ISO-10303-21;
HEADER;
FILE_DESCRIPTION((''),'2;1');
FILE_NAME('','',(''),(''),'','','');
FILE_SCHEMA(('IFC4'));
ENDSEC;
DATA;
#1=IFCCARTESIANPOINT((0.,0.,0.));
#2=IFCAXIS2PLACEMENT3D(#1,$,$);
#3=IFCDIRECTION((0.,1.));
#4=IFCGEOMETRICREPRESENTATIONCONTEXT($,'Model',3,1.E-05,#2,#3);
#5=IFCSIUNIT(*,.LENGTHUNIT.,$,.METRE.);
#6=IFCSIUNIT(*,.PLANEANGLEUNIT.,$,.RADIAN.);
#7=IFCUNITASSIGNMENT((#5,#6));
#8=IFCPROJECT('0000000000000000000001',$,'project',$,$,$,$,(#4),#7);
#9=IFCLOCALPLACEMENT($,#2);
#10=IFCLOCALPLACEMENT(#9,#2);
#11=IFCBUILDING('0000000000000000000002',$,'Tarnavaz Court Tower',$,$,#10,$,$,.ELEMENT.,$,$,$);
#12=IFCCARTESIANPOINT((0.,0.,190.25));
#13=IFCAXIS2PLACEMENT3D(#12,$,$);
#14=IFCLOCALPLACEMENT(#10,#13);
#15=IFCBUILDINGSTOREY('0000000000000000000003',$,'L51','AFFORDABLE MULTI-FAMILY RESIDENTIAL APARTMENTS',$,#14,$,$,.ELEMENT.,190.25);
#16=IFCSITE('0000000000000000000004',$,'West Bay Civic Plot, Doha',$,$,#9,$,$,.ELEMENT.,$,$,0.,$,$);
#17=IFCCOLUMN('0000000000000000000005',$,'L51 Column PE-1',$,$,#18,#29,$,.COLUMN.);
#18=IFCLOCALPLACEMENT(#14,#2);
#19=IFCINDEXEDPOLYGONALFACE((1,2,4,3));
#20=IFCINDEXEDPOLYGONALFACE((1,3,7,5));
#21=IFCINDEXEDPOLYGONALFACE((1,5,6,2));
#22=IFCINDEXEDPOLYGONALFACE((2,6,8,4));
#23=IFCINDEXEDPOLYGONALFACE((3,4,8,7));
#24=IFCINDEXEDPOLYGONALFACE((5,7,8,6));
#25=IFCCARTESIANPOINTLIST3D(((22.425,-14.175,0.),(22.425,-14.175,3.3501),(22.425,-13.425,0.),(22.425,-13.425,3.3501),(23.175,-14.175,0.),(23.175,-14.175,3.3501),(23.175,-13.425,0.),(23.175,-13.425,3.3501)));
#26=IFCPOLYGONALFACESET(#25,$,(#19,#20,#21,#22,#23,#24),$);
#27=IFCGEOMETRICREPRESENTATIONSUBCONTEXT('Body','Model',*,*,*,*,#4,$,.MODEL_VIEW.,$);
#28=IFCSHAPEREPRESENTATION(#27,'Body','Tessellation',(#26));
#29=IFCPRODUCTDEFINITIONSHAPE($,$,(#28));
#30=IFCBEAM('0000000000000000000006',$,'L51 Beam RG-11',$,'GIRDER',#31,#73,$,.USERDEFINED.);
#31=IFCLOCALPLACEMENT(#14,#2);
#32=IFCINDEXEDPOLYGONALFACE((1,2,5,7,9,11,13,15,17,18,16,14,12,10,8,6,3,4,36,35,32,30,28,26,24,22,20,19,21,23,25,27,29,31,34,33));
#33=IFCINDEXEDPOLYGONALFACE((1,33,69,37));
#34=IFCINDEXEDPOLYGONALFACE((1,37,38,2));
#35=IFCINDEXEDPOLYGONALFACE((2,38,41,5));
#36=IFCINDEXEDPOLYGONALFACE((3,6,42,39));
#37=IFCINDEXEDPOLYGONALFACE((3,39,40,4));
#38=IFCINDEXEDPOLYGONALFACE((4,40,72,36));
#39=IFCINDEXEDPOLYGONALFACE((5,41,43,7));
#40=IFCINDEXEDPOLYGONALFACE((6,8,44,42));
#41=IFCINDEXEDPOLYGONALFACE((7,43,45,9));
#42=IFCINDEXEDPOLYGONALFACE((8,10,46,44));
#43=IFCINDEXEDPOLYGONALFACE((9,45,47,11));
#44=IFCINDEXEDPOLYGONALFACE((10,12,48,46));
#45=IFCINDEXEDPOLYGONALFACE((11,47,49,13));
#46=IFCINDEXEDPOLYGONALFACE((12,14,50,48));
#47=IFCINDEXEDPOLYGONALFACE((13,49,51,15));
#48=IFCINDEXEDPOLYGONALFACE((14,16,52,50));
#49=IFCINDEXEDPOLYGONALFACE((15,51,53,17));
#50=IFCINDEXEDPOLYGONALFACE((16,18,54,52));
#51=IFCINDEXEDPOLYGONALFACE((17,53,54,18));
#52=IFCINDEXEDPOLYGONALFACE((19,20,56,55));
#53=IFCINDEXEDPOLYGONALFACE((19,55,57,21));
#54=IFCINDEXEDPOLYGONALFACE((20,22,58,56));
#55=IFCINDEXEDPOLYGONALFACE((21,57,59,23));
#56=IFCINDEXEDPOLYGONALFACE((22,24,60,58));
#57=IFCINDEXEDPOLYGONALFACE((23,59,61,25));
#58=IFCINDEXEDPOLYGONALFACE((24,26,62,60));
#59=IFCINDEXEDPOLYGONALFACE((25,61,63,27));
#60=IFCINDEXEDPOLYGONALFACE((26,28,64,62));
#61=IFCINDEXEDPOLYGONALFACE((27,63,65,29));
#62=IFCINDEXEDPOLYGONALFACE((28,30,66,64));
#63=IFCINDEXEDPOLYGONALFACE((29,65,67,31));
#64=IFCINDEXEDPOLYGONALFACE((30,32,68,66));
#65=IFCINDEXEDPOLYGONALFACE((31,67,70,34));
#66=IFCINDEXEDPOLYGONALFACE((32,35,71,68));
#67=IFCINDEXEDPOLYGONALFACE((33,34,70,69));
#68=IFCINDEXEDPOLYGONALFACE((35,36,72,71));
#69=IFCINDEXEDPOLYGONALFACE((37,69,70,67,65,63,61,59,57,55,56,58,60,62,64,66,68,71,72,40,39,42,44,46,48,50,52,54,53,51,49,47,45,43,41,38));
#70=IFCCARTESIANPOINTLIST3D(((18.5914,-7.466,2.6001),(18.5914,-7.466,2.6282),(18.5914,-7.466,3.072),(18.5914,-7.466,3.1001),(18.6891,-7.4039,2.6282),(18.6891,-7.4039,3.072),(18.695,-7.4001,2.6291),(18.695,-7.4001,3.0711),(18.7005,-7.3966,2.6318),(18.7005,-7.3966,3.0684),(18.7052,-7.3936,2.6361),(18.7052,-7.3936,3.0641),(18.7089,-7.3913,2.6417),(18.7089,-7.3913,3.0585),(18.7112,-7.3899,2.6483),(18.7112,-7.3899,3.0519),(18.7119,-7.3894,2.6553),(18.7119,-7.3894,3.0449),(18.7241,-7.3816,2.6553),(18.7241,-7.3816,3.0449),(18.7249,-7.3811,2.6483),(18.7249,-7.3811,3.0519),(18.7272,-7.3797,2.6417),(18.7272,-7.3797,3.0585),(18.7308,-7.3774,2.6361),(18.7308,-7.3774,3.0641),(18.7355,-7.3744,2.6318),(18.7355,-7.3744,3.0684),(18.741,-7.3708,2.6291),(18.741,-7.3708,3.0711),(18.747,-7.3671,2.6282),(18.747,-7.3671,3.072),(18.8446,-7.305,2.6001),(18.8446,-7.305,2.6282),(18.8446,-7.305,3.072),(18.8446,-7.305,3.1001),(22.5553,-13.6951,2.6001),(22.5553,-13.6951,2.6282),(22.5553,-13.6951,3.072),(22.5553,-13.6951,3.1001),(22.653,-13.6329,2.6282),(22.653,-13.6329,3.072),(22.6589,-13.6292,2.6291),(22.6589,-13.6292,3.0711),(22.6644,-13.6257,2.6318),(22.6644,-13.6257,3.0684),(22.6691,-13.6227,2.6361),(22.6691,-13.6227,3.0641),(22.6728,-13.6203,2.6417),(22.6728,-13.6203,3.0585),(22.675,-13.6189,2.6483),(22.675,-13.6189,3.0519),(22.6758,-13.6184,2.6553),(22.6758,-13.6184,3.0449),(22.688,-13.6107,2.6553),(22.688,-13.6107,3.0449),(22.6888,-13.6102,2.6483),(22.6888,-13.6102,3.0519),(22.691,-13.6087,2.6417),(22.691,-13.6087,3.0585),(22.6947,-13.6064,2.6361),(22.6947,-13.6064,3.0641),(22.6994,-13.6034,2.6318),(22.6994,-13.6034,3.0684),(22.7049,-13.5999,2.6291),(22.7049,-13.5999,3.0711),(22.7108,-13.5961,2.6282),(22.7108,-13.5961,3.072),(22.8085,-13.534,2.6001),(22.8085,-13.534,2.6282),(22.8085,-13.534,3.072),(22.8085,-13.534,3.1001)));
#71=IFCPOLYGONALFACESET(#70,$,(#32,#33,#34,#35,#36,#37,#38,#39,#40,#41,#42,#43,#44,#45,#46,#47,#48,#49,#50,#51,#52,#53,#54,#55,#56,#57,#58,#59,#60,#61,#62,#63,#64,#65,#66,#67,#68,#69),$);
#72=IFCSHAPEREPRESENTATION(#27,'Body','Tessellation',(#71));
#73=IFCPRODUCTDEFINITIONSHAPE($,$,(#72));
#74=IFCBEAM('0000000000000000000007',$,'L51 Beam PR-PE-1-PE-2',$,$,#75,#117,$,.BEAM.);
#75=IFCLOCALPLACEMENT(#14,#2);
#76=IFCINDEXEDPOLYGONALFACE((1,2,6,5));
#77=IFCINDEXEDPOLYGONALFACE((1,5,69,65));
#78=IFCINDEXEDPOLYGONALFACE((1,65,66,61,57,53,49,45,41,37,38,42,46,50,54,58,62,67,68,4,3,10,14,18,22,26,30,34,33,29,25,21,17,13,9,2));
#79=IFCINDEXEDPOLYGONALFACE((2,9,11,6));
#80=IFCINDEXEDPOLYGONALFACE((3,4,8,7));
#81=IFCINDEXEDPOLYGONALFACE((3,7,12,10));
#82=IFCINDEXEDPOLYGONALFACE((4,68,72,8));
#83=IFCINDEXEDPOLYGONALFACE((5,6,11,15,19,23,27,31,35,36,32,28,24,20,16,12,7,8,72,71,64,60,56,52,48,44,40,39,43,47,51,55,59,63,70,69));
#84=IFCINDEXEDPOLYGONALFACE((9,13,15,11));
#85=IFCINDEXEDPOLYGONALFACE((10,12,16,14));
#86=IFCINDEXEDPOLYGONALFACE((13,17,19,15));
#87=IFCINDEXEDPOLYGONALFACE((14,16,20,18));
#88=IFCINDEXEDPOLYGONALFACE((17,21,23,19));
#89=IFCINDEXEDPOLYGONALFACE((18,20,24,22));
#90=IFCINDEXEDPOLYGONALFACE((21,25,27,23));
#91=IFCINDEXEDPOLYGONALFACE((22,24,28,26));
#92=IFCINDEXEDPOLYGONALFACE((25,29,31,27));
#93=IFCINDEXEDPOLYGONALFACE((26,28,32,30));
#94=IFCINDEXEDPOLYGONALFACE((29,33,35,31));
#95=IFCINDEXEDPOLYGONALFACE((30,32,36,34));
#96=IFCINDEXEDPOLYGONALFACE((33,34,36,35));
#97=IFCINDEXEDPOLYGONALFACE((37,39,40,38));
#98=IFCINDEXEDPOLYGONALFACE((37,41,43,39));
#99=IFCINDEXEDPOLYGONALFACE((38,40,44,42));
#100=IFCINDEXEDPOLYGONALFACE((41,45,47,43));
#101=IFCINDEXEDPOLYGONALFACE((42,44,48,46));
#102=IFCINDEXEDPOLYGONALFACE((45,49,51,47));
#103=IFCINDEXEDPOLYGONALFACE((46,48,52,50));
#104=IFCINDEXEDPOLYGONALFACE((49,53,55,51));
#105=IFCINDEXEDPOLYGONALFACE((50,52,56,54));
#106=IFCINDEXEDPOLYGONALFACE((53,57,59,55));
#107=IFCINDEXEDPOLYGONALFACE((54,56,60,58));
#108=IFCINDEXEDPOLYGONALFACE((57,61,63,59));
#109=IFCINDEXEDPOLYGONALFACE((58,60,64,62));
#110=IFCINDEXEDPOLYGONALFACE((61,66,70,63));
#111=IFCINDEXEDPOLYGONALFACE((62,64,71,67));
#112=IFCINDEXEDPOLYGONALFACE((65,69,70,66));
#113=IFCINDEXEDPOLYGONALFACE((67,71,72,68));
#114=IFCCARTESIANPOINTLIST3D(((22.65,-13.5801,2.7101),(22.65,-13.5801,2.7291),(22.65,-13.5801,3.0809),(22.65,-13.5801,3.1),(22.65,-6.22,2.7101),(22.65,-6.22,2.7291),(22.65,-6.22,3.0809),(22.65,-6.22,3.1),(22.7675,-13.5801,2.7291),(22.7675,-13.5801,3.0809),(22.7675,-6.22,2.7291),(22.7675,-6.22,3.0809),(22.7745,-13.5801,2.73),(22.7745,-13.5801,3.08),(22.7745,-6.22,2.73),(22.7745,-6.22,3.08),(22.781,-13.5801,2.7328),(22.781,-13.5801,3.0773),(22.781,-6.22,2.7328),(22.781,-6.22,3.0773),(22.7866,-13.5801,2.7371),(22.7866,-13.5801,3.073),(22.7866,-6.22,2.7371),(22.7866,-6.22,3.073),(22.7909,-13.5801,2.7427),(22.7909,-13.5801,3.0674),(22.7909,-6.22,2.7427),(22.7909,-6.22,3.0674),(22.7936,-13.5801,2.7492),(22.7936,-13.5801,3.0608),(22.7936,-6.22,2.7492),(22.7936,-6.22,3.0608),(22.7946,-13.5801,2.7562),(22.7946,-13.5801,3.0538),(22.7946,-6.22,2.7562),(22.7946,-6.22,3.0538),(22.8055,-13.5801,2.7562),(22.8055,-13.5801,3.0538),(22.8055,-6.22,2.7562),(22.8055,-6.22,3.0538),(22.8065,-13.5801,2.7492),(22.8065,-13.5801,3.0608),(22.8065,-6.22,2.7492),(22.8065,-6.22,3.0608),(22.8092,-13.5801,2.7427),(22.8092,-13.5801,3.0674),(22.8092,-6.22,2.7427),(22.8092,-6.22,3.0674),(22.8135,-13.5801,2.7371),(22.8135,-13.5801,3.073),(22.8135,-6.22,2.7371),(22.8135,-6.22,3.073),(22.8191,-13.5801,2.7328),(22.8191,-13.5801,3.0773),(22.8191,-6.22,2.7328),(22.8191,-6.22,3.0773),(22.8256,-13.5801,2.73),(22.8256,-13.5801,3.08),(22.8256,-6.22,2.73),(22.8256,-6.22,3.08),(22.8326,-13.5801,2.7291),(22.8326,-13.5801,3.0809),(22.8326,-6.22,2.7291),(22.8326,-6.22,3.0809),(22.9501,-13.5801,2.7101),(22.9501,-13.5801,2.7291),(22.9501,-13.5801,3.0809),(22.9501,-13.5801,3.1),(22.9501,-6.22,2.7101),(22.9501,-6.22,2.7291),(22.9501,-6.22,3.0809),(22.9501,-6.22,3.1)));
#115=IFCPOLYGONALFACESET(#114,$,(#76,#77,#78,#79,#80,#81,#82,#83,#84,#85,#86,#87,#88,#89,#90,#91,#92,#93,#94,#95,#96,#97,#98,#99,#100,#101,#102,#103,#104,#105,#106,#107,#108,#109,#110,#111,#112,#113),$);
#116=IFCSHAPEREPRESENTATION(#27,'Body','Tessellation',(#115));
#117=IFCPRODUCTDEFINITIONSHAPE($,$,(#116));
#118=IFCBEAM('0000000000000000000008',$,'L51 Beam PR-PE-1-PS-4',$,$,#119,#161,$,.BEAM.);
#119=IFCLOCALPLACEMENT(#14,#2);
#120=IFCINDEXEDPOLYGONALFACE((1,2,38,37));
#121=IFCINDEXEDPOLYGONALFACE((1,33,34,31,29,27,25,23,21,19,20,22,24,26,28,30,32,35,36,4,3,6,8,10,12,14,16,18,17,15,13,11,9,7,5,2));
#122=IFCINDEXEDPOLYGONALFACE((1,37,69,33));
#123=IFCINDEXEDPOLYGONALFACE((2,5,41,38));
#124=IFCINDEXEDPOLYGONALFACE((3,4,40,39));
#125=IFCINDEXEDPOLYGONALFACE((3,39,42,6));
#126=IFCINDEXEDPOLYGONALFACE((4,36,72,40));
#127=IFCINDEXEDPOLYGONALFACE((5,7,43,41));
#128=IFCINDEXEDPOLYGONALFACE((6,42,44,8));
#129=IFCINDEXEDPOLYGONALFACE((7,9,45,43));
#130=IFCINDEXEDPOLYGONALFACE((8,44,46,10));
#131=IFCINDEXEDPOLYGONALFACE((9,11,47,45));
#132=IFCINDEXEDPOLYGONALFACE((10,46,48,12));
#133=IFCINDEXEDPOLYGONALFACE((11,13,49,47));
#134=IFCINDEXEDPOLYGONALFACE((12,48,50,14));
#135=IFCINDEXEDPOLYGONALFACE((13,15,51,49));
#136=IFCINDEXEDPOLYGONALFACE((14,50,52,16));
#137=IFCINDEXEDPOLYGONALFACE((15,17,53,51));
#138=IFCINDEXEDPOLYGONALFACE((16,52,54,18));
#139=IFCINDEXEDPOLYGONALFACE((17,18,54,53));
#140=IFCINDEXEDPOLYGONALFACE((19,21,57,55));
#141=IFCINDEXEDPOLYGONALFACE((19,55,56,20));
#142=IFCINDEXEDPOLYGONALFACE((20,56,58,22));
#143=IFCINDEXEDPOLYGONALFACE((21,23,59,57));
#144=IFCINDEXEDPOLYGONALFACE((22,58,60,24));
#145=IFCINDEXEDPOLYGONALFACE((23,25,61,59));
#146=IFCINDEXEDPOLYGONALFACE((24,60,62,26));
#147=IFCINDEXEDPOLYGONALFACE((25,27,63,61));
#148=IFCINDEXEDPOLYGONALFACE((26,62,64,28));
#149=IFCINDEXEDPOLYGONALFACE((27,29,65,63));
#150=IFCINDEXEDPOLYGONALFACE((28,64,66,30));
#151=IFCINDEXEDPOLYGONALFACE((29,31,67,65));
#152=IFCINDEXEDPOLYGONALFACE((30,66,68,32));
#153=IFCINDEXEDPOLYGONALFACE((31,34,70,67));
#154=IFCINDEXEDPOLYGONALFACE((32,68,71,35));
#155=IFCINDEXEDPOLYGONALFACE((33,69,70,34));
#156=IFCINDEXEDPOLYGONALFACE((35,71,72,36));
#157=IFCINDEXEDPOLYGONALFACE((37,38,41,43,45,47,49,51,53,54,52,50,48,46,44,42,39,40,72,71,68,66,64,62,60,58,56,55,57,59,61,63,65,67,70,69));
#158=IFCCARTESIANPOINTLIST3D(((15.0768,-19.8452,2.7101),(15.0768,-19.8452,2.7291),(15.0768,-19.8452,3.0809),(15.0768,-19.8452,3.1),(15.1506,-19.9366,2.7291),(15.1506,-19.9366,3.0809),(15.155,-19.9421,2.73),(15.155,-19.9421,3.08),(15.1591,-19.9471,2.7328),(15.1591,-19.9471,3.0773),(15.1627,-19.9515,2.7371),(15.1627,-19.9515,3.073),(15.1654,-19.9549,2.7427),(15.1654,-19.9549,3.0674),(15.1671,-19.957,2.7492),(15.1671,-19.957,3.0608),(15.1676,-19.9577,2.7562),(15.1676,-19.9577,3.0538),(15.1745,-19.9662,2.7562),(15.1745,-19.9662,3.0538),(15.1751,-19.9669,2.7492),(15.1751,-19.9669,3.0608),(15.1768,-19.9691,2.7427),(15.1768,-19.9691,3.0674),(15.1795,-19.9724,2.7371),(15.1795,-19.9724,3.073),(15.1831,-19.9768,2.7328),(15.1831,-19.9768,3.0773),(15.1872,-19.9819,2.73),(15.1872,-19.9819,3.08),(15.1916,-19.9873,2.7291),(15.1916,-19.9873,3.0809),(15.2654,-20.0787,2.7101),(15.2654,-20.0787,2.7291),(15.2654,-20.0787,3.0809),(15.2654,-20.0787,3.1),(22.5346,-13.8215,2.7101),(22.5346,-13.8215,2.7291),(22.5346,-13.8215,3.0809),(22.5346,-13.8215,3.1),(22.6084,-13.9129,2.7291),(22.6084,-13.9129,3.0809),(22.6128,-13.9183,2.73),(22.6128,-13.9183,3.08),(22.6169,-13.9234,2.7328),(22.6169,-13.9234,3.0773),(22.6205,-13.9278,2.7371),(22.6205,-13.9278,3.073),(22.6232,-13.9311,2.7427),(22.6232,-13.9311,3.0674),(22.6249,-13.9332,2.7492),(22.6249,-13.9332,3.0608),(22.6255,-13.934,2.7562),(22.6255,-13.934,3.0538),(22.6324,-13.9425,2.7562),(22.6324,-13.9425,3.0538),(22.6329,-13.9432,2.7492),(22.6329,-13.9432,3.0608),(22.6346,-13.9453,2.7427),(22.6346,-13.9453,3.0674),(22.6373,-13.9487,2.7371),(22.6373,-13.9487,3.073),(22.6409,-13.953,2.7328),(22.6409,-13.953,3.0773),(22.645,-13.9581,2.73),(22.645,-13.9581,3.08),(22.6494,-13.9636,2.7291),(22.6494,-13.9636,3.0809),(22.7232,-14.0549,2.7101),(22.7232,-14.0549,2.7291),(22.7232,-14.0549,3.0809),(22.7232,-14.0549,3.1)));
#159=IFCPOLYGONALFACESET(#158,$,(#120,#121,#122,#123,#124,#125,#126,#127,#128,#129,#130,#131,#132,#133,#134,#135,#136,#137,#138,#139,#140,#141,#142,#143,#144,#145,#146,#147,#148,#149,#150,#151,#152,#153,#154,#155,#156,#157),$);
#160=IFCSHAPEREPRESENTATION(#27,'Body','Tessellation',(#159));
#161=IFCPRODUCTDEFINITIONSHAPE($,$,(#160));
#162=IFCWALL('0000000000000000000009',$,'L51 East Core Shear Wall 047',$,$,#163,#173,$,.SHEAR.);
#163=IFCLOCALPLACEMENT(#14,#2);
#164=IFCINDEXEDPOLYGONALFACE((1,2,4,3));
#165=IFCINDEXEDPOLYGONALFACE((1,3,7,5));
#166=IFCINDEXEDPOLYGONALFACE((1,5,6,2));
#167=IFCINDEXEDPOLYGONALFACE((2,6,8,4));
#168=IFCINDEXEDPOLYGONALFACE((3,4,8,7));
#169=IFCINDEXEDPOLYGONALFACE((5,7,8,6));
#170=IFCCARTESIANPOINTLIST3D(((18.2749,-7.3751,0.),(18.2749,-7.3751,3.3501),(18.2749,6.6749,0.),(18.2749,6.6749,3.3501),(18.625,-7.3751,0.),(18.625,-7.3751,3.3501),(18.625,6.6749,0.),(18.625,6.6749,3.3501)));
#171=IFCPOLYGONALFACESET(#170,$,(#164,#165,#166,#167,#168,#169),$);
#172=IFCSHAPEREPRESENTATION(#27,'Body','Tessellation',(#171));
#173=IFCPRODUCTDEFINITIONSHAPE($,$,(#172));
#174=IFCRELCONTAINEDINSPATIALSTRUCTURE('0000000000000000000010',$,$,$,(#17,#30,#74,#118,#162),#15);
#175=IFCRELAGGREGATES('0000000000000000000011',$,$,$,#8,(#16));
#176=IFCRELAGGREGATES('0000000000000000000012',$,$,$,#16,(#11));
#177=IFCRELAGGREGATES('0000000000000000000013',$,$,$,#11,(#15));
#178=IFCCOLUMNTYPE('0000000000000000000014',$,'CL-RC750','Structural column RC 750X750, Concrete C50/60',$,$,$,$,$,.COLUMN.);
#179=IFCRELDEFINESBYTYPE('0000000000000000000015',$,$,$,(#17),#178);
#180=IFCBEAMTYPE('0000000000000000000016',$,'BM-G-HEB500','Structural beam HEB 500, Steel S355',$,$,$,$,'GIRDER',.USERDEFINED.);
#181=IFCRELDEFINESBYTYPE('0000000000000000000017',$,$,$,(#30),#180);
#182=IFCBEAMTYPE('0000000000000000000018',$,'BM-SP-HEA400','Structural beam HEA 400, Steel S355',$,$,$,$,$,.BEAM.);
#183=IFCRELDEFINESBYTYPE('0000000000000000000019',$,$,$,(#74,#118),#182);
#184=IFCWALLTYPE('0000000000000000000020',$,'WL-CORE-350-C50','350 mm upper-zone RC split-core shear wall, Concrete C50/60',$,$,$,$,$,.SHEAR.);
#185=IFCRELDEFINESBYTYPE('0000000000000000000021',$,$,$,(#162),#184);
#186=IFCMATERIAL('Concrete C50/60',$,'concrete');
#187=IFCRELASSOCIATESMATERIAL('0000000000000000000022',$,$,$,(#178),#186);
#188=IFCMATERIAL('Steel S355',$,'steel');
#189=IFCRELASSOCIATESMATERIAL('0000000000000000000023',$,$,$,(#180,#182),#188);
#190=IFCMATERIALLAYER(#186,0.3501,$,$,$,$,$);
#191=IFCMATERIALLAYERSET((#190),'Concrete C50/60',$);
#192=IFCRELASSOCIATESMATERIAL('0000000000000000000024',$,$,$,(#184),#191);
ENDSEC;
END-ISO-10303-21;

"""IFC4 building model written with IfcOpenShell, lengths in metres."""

from ifc_helpers import new_model, si_unit, direction, frame, frame_2d, origin, origin_2d, place, context, subcontext, project, spatial, rectangle, i_section, extrude, material, layer, layer_set, material_profile, profile_set, type_object, element, save


model = new_model("IFC4")

# Units and contexts
model_context = context("Model", 3, precision=1e-05, world=origin(), true_north=direction((0.0, 1.0)))
body_context = subcontext(model_context, "Body", "Model", "MODEL_VIEW")
ifc_project = project(units=[si_unit("LENGTHUNIT", "METRE"), si_unit("PLANEANGLEUNIT", "RADIAN")], contexts=[model_context])

# Site, building, storey
site_placement = place(None, origin())
site = spatial("IfcSite", under=ifc_project, at=site_placement, Name="West Bay Civic Plot, Doha", CompositionType="ELEMENT", RefElevation=0.0)
building_placement = place(site_placement, origin())
building = spatial("IfcBuilding", under=site, at=building_placement, Name="Tarnavaz Court Tower", CompositionType="ELEMENT")
storey_placement = place(building_placement, frame((0.0, 0.0, 190.25)))
storey = spatial("IfcBuildingStorey", under=building, at=storey_placement, Name="L51", Description="AFFORDABLE MULTI-FAMILY RESIDENTIAL APARTMENTS", CompositionType="ELEMENT", Elevation=190.25)

# Column
ifc_material_1 = material(Name="Concrete C50/60", Category="concrete")
ifc_material_profile_1 = material_profile(ifc_material_1, rectangle(XDim=0.75, YDim=0.75, at=origin_2d()), Name="RC 750X750")
ifc_profile_set_1 = profile_set([ifc_material_profile_1], Name="Concrete C50/60")
column_type = type_object("IfcColumnType", Name="CL-RC750", Description="Structural column RC 750X750, Concrete C50/60", PredefinedType="COLUMN", material=ifc_profile_set_1)
column_placement = place(storey_placement, frame((22.8, -13.8, 0.0), z_axis=(0.0, 0.0, 1.0), x_axis=(1.0, 0.0, 0.0)))
element("IfcColumn", 1, at=column_placement, inside=storey, type_object=column_type, Name="L51 Column PE-1", PredefinedType="COLUMN", context=body_context, shape_type="SweptSolid", body=[
    extrude(rectangle(XDim=0.75, YDim=0.75, at=origin_2d()), origin(), (0.0, 0.0, 1.0), 3.3501),
])

# Beams
ifc_material_2 = material(Name="Steel S355", Category="steel")
ifc_material_profile_2 = material_profile(ifc_material_2, i_section(OverallWidth=0.3, OverallDepth=0.5, WebThickness=0.0144, FlangeThickness=0.0281, FilletRadius=0.0271, at=origin_2d()), Name="HEB 500")
ifc_profile_set_2 = profile_set([ifc_material_profile_2], Name="Steel S355")
beam_type_1 = type_object("IfcBeamType", Name="BM-G-HEB500", Description="Structural beam HEB 500, Steel S355", ElementType="GIRDER", PredefinedType="USERDEFINED", material=ifc_profile_set_2)
beam_1_placement = place(storey_placement, frame((18.718, -7.3855, 2.8501), z_axis=(0.536871, -0.843664, 0.0), x_axis=(0.843664, 0.536871, 0.0)))
element("IfcBeam", 2, at=beam_1_placement, inside=storey, type_object=beam_type_1, Name="L51 Beam RG-11", ObjectType="GIRDER", PredefinedType="USERDEFINED", context=body_context, shape_type="SweptSolid", body=[
    extrude(i_section(OverallWidth=0.3, OverallDepth=0.5, WebThickness=0.0144, FlangeThickness=0.0281, FilletRadius=0.0271, at=origin_2d()), origin(), (0.0, 0.0, 1.0), 7.3833),
])
ifc_material_profile_3 = material_profile(ifc_material_2, i_section(OverallWidth=0.3, OverallDepth=0.3899, WebThickness=0.011, FlangeThickness=0.019, FilletRadius=0.0271, at=origin_2d()), Name="HEA 400")
ifc_profile_set_3 = profile_set([ifc_material_profile_3], Name="Steel S355")
beam_type_2 = type_object("IfcBeamType", Name="BM-SP-HEA400", Description="Structural beam HEA 400, Steel S355", PredefinedType="BEAM", material=ifc_profile_set_3)
beam_2_placement = place(storey_placement, frame((22.8, -13.5801, 2.905), z_axis=(0.0, 1.0, 0.0), x_axis=(-1.0, 0.0, 0.0)))
element("IfcBeam", 3, at=beam_2_placement, inside=storey, type_object=beam_type_2, Name="L51 Beam PR-PE-1-PE-2", PredefinedType="BEAM", context=body_context, shape_type="SweptSolid", body=[
    extrude(i_section(OverallWidth=0.3, OverallDepth=0.3899, WebThickness=0.011, FlangeThickness=0.019, FilletRadius=0.0271, at=origin_2d()), origin(), (0.0, 0.0, 1.0), 7.3601),
])
beam_3_placement = place(storey_placement, frame((22.6289, -13.9382, 2.905), z_axis=(-0.777936, -0.628344, 0.0), x_axis=(0.628344, -0.777936, 0.0)))
element("IfcBeam", 4, at=beam_3_placement, inside=storey, type_object=beam_type_2, Name="L51 Beam PR-PE-1-PS-4", PredefinedType="BEAM", context=body_context, shape_type="SweptSolid", body=[
    extrude(i_section(OverallWidth=0.3, OverallDepth=0.3899, WebThickness=0.011, FlangeThickness=0.019, FilletRadius=0.0271, at=origin_2d()), origin(), (0.0, 0.0, 1.0), 9.5867),
])

# Wall
ifc_layer_1 = layer(ifc_material_1, 0.3501)
ifc_layer_set_1 = layer_set([ifc_layer_1], Name="Concrete C50/60")
wall_type_1 = type_object("IfcWallType", Name="WL-CORE-350-C50", Description="350 mm upper-zone RC split-core shear wall, Concrete C50/60", PredefinedType="SHEAR", material=ifc_layer_set_1)
wall_1_placement = place(storey_placement, frame((18.45, -7.375, 0.0), z_axis=(0.0, 0.0, 1.0), x_axis=(0.0, 1.0, 0.0)))
element("IfcWall", 5, at=wall_1_placement, inside=storey, type_object=wall_type_1, Name="L51 East Core Shear Wall 047", PredefinedType="SHEAR", context=body_context, shape_type="SweptSolid", body=[
    extrude(rectangle(XDim=14.05, YDim=0.3501, at=frame_2d((7.0249, 0.0))), origin(), (0.0, 0.0, 1.0), 3.3501),
])

save(model, "model.ifc")
